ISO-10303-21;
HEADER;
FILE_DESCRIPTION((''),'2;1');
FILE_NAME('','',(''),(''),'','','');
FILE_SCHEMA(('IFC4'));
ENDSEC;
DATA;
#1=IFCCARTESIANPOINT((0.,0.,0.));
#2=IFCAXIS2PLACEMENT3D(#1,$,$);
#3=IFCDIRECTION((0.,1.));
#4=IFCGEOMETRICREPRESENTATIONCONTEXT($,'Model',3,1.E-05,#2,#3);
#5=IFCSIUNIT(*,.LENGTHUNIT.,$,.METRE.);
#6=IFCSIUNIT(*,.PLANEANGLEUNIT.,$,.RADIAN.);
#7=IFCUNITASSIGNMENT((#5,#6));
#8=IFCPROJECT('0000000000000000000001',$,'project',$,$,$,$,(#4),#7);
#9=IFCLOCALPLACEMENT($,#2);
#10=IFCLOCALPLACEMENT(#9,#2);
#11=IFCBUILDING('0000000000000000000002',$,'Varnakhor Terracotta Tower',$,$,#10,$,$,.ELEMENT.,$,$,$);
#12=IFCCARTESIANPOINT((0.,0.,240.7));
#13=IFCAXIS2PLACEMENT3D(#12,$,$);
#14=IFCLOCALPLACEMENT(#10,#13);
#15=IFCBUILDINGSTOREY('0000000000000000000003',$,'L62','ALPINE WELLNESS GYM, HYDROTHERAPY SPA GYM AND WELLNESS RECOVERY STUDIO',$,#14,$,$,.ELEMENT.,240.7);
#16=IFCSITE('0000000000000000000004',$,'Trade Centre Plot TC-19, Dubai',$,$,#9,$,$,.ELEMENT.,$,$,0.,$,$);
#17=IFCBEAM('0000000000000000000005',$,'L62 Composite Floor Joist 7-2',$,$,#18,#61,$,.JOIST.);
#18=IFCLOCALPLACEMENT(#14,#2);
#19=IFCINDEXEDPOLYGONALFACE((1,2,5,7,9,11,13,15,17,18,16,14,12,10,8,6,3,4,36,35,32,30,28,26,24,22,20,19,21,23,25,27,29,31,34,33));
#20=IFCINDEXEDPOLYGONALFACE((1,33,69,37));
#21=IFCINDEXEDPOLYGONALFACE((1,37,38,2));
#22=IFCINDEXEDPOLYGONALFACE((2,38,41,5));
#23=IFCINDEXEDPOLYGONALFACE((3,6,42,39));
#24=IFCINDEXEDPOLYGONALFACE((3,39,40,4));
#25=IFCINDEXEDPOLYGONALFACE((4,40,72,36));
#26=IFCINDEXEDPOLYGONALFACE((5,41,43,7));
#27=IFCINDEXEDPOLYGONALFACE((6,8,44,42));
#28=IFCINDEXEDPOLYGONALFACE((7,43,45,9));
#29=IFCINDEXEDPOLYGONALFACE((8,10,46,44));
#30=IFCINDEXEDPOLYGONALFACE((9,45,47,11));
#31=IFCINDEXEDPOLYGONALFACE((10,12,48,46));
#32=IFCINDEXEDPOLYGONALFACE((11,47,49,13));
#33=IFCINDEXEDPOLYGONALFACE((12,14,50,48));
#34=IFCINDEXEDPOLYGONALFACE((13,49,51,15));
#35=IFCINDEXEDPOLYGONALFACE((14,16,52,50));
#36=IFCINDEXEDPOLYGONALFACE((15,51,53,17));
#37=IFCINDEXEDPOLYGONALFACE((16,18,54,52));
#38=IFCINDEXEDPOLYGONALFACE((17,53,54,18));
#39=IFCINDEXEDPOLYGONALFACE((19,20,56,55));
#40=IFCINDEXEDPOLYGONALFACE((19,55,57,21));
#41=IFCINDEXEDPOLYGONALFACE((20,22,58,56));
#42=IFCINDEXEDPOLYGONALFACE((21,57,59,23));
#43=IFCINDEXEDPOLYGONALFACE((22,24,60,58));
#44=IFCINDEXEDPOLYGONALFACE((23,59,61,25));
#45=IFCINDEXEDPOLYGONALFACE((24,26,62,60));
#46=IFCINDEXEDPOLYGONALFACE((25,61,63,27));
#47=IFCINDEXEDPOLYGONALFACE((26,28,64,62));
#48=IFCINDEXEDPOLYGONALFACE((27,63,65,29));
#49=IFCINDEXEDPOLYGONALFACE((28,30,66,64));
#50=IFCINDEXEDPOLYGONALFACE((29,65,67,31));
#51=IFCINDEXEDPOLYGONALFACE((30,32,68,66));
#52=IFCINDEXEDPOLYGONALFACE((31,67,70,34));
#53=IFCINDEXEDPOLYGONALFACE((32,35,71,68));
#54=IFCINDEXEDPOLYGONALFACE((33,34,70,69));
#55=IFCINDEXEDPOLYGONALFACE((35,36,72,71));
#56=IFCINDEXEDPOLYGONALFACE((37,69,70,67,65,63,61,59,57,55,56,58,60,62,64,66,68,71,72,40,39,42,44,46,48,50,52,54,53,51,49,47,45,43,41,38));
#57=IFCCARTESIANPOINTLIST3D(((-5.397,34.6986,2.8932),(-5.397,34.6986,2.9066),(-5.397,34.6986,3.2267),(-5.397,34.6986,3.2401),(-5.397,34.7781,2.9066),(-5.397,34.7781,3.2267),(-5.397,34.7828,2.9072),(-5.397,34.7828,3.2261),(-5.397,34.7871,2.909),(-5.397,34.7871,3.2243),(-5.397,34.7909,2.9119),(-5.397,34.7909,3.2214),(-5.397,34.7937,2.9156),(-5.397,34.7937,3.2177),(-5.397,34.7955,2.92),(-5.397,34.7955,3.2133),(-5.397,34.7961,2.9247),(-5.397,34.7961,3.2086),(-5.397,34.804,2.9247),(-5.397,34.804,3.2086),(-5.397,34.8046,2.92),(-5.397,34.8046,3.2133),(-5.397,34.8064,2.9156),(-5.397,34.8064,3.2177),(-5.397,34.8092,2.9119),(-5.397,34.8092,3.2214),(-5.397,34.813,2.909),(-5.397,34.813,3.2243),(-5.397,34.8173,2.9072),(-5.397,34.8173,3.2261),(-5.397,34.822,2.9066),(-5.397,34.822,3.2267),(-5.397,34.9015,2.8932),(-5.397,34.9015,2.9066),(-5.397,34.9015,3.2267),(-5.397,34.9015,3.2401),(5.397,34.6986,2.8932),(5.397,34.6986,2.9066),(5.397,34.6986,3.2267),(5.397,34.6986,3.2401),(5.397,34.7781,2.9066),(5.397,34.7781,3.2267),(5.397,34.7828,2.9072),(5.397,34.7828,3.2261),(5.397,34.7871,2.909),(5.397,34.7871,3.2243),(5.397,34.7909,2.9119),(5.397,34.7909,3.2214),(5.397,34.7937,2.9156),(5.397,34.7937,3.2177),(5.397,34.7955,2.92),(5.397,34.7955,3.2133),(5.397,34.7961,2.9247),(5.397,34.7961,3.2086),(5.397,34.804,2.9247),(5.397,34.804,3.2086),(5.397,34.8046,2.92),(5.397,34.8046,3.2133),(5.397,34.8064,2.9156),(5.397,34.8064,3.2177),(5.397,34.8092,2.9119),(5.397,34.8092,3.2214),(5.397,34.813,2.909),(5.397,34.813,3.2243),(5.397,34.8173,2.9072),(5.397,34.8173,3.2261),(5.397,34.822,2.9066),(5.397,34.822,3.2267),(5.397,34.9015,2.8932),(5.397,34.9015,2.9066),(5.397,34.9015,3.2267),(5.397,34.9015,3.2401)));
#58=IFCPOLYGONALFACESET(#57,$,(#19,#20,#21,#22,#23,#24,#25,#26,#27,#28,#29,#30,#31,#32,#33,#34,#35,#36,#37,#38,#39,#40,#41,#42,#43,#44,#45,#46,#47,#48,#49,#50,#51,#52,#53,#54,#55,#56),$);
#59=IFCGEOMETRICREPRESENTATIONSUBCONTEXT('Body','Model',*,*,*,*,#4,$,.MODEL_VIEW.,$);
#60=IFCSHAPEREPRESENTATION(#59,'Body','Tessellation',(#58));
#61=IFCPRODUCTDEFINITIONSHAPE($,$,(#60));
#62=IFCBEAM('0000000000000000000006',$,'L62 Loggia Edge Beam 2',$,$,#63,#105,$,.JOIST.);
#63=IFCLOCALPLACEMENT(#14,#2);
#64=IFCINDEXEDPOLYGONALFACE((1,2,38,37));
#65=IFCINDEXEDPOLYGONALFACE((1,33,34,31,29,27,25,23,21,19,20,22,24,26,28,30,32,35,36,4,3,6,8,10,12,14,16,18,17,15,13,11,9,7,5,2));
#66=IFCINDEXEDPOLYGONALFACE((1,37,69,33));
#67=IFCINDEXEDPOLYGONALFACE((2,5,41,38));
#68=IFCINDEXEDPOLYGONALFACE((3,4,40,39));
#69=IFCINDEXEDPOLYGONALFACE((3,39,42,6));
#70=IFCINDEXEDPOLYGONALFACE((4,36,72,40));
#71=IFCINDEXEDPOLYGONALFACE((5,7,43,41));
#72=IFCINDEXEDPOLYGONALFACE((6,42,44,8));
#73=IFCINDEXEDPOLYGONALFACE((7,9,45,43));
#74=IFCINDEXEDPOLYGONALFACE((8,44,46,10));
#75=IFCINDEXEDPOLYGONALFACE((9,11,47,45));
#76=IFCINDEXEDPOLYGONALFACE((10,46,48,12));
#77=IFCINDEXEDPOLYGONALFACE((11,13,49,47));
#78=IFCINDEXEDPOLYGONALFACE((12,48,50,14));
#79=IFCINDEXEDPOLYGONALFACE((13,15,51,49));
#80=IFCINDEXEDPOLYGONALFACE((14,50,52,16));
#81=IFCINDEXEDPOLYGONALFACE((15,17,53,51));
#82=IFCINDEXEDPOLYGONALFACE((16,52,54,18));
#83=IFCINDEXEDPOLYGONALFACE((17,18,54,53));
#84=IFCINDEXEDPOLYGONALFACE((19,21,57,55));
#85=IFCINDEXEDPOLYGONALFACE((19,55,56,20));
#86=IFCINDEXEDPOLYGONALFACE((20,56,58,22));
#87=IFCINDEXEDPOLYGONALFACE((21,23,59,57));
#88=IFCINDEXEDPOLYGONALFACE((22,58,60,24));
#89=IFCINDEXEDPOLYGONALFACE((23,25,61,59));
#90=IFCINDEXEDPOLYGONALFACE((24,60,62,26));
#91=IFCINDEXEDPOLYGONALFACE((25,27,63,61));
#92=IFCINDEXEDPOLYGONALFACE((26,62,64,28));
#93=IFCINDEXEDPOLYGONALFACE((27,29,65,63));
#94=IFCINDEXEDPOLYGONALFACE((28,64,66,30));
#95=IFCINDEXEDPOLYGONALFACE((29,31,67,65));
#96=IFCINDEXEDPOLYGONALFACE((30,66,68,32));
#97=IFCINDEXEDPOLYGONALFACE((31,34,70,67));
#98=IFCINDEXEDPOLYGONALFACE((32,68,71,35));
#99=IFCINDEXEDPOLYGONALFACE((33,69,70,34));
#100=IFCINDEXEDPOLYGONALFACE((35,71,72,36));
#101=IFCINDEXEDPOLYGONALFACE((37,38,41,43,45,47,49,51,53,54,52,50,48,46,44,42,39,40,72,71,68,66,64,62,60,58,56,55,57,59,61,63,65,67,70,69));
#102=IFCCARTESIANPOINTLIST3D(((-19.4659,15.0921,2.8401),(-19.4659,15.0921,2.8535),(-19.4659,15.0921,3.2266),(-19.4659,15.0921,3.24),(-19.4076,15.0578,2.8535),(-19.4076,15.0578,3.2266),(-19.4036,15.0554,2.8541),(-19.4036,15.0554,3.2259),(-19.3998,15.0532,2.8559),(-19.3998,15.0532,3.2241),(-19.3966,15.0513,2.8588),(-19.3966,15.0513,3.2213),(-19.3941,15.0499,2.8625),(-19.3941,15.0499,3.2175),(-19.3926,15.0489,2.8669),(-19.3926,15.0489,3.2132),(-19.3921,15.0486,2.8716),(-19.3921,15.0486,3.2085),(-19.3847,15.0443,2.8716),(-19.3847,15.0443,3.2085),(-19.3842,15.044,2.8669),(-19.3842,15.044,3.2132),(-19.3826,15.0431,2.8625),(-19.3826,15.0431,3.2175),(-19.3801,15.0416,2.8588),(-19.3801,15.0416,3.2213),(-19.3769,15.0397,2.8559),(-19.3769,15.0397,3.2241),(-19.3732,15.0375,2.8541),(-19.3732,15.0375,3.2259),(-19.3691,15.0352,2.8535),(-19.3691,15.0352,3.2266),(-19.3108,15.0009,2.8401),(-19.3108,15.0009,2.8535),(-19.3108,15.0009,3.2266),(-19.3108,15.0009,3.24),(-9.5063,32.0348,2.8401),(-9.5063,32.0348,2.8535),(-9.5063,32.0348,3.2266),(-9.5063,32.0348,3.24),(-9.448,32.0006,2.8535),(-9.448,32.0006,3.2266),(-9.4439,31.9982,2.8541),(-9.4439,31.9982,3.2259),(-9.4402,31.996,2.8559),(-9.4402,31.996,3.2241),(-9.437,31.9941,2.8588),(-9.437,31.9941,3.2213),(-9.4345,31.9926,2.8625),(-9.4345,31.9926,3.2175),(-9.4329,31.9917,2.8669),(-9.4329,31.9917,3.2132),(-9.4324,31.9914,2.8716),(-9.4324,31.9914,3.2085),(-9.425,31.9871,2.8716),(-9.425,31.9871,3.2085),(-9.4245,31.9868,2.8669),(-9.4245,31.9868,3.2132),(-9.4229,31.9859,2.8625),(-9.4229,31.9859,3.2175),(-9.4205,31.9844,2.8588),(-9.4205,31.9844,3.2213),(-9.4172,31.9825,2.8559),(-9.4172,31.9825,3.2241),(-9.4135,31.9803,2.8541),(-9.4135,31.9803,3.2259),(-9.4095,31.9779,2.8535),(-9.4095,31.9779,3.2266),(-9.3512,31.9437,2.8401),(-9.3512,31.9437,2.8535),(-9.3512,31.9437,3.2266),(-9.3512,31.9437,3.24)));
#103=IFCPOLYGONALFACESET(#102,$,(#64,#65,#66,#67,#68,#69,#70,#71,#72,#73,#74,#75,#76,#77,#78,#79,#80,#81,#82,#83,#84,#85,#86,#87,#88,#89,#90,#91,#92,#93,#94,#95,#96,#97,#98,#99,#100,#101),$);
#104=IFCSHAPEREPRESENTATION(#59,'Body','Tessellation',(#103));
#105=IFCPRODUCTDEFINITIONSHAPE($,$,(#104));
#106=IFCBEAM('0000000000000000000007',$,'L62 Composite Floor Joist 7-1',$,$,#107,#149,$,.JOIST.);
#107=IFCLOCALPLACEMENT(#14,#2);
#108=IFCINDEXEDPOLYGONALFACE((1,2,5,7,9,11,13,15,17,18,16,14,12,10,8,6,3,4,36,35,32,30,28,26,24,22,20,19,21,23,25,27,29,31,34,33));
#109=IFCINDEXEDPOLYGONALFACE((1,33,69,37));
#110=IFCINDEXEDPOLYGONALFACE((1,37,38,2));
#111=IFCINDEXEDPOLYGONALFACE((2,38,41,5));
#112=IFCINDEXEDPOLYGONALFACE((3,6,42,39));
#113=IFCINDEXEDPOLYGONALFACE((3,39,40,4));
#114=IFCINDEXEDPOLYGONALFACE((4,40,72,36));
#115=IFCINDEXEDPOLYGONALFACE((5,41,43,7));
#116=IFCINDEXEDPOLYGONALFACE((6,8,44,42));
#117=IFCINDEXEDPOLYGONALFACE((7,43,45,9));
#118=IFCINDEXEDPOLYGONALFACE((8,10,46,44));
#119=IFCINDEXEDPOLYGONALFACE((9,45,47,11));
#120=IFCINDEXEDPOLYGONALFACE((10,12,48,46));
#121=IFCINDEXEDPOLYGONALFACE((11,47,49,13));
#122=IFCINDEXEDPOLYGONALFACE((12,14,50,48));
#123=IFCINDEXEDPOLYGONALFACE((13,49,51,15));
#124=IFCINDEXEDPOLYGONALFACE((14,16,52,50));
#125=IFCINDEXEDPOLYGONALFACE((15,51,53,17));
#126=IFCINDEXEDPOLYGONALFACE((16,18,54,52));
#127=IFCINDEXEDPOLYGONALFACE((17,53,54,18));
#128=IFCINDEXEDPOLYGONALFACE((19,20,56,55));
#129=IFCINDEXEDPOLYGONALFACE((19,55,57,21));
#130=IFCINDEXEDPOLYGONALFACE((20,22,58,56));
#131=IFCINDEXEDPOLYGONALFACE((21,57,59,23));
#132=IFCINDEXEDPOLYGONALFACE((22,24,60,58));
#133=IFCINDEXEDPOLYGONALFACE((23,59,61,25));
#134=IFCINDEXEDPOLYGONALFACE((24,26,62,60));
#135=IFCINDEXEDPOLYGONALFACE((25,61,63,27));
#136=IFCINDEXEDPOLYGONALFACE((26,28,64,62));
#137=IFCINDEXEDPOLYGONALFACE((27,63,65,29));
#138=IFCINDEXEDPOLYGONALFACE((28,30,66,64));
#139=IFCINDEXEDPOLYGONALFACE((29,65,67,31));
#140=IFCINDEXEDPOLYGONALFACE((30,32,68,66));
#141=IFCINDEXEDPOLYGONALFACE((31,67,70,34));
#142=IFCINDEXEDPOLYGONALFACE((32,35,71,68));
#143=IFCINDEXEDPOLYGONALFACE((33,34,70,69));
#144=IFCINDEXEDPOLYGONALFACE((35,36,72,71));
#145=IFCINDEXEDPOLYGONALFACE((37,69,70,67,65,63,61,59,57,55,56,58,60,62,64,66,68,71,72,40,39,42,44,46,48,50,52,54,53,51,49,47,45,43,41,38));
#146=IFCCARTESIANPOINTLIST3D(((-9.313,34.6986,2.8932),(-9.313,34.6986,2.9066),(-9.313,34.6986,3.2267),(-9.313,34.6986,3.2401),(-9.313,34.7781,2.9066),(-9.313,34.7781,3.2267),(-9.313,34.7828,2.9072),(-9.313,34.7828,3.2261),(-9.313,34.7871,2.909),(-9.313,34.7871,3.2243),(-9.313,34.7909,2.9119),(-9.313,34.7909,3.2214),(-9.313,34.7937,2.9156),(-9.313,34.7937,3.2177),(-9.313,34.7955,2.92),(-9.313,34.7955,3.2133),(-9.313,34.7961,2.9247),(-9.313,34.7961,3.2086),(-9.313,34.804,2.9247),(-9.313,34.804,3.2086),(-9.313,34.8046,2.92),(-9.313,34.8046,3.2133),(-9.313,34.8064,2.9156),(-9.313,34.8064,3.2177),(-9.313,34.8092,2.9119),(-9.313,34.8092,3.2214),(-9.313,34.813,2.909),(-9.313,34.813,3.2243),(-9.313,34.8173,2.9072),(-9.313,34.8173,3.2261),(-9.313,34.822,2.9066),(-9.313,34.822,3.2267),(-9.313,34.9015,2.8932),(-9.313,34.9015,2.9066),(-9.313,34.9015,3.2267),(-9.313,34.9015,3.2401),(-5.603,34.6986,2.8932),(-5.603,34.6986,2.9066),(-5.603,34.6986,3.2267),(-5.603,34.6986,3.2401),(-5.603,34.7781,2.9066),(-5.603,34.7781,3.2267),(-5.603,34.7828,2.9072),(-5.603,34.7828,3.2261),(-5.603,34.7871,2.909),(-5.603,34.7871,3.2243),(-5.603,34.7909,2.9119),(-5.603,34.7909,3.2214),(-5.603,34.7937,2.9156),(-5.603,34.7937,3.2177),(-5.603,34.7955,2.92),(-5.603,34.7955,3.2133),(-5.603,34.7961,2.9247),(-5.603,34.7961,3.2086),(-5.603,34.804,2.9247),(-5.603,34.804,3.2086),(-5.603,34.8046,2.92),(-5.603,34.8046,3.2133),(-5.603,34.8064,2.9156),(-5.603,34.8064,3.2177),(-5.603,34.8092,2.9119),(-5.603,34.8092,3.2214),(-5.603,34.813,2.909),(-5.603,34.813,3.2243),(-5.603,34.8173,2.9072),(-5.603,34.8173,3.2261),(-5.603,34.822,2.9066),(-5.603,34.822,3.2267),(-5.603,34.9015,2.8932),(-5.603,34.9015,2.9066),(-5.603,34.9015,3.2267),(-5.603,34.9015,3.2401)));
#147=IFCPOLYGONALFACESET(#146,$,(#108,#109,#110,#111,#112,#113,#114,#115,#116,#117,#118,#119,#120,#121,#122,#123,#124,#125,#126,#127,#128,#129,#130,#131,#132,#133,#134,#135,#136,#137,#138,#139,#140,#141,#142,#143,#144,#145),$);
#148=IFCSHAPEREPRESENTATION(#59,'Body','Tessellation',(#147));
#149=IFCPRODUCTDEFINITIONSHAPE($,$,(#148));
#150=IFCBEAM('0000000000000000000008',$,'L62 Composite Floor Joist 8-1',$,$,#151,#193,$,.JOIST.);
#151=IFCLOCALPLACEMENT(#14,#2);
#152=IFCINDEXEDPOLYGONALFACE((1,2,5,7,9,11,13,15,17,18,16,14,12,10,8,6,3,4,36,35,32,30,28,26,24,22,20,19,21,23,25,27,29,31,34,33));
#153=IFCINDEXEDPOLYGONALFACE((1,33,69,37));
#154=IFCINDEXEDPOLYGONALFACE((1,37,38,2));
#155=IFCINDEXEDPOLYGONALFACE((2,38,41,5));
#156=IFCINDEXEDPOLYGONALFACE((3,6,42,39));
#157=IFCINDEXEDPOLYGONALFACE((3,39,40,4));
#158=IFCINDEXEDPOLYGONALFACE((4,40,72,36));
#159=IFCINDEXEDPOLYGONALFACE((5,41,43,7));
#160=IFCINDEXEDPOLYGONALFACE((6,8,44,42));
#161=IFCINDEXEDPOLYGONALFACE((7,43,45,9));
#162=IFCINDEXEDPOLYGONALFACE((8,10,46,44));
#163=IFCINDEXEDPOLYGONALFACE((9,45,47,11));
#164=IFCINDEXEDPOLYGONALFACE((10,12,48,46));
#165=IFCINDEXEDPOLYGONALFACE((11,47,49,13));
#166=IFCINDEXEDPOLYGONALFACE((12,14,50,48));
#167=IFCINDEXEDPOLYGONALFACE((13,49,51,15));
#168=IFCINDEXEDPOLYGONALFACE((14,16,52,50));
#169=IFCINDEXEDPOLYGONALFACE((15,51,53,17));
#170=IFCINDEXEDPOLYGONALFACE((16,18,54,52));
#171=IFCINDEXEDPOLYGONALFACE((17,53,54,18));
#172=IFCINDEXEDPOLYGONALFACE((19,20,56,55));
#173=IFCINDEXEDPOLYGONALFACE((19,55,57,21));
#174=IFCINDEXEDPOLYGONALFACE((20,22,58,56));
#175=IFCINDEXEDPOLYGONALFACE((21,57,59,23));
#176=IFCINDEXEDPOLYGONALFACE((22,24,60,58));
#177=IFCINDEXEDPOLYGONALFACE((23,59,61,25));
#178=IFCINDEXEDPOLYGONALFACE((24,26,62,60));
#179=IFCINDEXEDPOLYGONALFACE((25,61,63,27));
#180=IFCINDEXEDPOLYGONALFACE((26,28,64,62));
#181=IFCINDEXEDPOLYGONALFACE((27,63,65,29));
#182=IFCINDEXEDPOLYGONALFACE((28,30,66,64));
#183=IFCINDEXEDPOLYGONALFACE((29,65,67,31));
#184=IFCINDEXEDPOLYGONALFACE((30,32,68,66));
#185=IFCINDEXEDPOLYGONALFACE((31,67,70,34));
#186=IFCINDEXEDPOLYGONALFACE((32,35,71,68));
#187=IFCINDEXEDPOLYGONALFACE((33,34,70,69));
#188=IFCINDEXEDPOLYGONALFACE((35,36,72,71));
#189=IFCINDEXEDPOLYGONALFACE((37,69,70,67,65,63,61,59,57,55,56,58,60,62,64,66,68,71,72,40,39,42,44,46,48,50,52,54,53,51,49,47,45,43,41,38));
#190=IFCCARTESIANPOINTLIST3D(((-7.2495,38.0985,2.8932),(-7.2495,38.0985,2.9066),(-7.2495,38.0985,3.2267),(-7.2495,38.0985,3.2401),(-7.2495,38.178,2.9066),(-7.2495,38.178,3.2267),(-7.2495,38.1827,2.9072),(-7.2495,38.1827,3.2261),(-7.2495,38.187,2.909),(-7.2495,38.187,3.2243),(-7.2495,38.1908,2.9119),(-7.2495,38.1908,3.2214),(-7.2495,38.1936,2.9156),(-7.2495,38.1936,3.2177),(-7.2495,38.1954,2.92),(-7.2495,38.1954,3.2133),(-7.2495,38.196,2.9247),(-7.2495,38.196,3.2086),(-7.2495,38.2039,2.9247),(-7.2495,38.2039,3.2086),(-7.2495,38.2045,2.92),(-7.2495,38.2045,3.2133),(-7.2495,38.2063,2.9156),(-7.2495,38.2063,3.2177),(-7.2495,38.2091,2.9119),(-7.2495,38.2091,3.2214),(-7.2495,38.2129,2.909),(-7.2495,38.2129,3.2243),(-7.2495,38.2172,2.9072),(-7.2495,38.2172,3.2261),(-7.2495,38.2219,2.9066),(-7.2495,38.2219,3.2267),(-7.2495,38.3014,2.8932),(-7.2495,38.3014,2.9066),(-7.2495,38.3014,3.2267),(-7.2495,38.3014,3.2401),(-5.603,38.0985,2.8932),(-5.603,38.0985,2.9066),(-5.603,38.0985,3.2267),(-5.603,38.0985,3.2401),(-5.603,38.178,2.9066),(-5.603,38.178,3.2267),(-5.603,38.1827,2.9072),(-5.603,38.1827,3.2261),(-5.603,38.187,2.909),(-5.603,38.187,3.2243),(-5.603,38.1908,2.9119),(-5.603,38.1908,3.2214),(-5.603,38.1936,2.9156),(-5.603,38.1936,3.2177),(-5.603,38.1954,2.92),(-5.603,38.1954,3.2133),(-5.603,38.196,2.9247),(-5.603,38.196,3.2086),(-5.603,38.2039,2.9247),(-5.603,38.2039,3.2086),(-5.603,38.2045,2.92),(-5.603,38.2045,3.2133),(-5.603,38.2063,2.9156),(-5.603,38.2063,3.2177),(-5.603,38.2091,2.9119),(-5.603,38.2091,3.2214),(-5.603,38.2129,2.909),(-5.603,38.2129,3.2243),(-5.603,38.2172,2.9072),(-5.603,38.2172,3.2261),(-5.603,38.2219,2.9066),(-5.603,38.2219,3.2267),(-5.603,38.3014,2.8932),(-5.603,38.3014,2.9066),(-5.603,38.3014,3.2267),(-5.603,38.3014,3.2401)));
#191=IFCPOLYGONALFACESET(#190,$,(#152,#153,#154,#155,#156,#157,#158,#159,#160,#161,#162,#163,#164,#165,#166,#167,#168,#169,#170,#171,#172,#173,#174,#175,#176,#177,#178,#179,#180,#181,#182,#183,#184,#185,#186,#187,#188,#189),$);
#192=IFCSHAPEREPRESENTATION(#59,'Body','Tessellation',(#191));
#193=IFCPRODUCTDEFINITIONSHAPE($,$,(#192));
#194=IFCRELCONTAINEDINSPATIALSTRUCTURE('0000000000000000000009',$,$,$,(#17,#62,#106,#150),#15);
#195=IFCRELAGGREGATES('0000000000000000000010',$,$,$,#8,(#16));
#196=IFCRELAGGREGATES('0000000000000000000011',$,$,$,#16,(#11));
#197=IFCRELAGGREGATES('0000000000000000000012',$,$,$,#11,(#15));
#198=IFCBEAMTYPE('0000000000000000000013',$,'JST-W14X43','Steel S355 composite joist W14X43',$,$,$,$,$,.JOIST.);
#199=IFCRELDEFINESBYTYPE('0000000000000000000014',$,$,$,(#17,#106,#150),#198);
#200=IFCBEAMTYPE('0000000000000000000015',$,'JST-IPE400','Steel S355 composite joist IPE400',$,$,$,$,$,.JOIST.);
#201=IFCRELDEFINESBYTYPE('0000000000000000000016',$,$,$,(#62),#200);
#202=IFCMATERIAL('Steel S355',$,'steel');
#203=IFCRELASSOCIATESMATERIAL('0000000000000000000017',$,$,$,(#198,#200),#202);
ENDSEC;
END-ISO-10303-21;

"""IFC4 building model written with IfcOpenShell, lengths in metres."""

from ifc_helpers import new_model, si_unit, direction, frame, origin, origin_2d, place, context, subcontext, project, spatial, i_section, extrude, source, transform, mapped, material, material_profile, profile_set, type_object, element, save


model = new_model("IFC4")

# Units and contexts
model_context = context("Model", 3, precision=1e-05, world=origin(), true_north=direction((0.0, 1.0)))
body_context = subcontext(model_context, "Body", "Model", "MODEL_VIEW")
ifc_project = project(units=[si_unit("LENGTHUNIT", "METRE"), si_unit("PLANEANGLEUNIT", "RADIAN")], contexts=[model_context])

# Site, building, storey
site_placement = place(None, origin())
site = spatial("IfcSite", under=ifc_project, at=site_placement, Name="Trade Centre Plot TC-19, Dubai", CompositionType="ELEMENT", RefElevation=0.0)
building_placement = place(site_placement, origin())
building = spatial("IfcBuilding", under=site, at=building_placement, Name="Varnakhor Terracotta Tower", CompositionType="ELEMENT")
storey_placement = place(building_placement, frame((0.0, 0.0, 240.7)))
storey = spatial("IfcBuildingStorey", under=building, at=storey_placement, Name="L62", Description="ALPINE WELLNESS GYM, HYDROTHERAPY SPA GYM AND WELLNESS RECOVERY STUDIO", CompositionType="ELEMENT", Elevation=240.7)

# Beams
ifc_material_1 = material(Name="Steel S355", Category="steel")
ifc_material_profile_1 = material_profile(ifc_material_1, i_section(OverallWidth=0.2029, OverallDepth=0.3469, WebThickness=0.0078, FlangeThickness=0.0134, FilletRadius=0.0181, at=origin_2d()), Name="W14X43")
ifc_profile_set_1 = profile_set([ifc_material_profile_1], Name="Steel S355")
beam_type_1 = type_object("IfcBeamType", Name="JST-W14X43", Description="Steel S355 composite joist W14X43", PredefinedType="JOIST", material=ifc_profile_set_1)
shared_shape_1 = source(origin(), body_context, "Body", "SweptSolid", [
    extrude(i_section(OverallWidth=0.2029, OverallDepth=0.3469, WebThickness=0.0078, FlangeThickness=0.0134, FilletRadius=0.0181, at=origin_2d()), origin(), (0.0, 0.0, 1.0), 10.7939),
])
beam_1_placement = place(storey_placement, frame((-5.397, 34.8, 3.0667), z_axis=(1.0, 0.0, 0.0), x_axis=(0.0, 1.0, 0.0)))
element("IfcBeam", 1, at=beam_1_placement, inside=storey, type_object=beam_type_1, Name="L62 Composite Floor Joist 7-2", PredefinedType="JOIST", context=body_context, shape_type="MappedRepresentation", body=[
    mapped(shared_shape_1, transform((0.0, 0.0, 0.0), scale=1.0)),
])
ifc_material_profile_2 = material_profile(ifc_material_1, i_section(OverallWidth=0.1799, OverallDepth=0.3999, WebThickness=0.0085, FlangeThickness=0.0134, FilletRadius=0.0181, at=origin_2d()), Name="IPE400")
ifc_profile_set_2 = profile_set([ifc_material_profile_2], Name="Steel S355")
beam_type_2 = type_object("IfcBeamType", Name="JST-IPE400", Description="Steel S355 composite joist IPE400", PredefinedType="JOIST", material=ifc_profile_set_2)
shared_shape_2 = source(origin(), body_context, "Body", "SweptSolid", [
    extrude(i_section(OverallWidth=0.1799, OverallDepth=0.3999, WebThickness=0.0085, FlangeThickness=0.0134, FilletRadius=0.0181, at=origin_2d()), origin(), (0.0, 0.0, 1.0), 19.6533),
])
beam_2_placement = place(storey_placement, frame((-9.4287, 31.9893, 3.04), z_axis=(-0.506768, -0.862083, 0.0), x_axis=(0.862083, -0.506768, 0.0)))
element("IfcBeam", 2, at=beam_2_placement, inside=storey, type_object=beam_type_2, Name="L62 Loggia Edge Beam 2", PredefinedType="JOIST", context=body_context, shape_type="MappedRepresentation", body=[
    mapped(shared_shape_2, transform((0.0, 0.0, 0.0), scale=1.0)),
])
shared_shape_3 = source(origin(), body_context, "Body", "SweptSolid", [
    extrude(i_section(OverallWidth=0.2029, OverallDepth=0.3469, WebThickness=0.0078, FlangeThickness=0.0134, FilletRadius=0.0181, at=origin_2d()), origin(), (0.0, 0.0, 1.0), 3.71),
])
beam_3_placement = place(storey_placement, frame((-9.313, 34.8, 3.0667), z_axis=(1.0, 0.0, 0.0), x_axis=(0.0, 1.0, 0.0)))
element("IfcBeam", 3, at=beam_3_placement, inside=storey, type_object=beam_type_1, Name="L62 Composite Floor Joist 7-1", PredefinedType="JOIST", context=body_context, shape_type="MappedRepresentation", body=[
    mapped(shared_shape_3, transform((0.0, 0.0, 0.0), scale=1.0)),
])
shared_shape_4 = source(origin(), body_context, "Body", "SweptSolid", [
    extrude(i_section(OverallWidth=0.2029, OverallDepth=0.3469, WebThickness=0.0078, FlangeThickness=0.0134, FilletRadius=0.0181, at=origin_2d()), origin(), (0.0, 0.0, 1.0), 1.6465),
])
beam_4_placement = place(storey_placement, frame((-7.2495, 38.2, 3.0667), z_axis=(1.0, 0.0, 0.0), x_axis=(0.0, 1.0, 0.0)))
element("IfcBeam", 4, at=beam_4_placement, inside=storey, type_object=beam_type_1, Name="L62 Composite Floor Joist 8-1", PredefinedType="JOIST", context=body_context, shape_type="MappedRepresentation", body=[
    mapped(shared_shape_4, transform((0.0, 0.0, 0.0), scale=1.0)),
])

save(model, "model.ifc")
